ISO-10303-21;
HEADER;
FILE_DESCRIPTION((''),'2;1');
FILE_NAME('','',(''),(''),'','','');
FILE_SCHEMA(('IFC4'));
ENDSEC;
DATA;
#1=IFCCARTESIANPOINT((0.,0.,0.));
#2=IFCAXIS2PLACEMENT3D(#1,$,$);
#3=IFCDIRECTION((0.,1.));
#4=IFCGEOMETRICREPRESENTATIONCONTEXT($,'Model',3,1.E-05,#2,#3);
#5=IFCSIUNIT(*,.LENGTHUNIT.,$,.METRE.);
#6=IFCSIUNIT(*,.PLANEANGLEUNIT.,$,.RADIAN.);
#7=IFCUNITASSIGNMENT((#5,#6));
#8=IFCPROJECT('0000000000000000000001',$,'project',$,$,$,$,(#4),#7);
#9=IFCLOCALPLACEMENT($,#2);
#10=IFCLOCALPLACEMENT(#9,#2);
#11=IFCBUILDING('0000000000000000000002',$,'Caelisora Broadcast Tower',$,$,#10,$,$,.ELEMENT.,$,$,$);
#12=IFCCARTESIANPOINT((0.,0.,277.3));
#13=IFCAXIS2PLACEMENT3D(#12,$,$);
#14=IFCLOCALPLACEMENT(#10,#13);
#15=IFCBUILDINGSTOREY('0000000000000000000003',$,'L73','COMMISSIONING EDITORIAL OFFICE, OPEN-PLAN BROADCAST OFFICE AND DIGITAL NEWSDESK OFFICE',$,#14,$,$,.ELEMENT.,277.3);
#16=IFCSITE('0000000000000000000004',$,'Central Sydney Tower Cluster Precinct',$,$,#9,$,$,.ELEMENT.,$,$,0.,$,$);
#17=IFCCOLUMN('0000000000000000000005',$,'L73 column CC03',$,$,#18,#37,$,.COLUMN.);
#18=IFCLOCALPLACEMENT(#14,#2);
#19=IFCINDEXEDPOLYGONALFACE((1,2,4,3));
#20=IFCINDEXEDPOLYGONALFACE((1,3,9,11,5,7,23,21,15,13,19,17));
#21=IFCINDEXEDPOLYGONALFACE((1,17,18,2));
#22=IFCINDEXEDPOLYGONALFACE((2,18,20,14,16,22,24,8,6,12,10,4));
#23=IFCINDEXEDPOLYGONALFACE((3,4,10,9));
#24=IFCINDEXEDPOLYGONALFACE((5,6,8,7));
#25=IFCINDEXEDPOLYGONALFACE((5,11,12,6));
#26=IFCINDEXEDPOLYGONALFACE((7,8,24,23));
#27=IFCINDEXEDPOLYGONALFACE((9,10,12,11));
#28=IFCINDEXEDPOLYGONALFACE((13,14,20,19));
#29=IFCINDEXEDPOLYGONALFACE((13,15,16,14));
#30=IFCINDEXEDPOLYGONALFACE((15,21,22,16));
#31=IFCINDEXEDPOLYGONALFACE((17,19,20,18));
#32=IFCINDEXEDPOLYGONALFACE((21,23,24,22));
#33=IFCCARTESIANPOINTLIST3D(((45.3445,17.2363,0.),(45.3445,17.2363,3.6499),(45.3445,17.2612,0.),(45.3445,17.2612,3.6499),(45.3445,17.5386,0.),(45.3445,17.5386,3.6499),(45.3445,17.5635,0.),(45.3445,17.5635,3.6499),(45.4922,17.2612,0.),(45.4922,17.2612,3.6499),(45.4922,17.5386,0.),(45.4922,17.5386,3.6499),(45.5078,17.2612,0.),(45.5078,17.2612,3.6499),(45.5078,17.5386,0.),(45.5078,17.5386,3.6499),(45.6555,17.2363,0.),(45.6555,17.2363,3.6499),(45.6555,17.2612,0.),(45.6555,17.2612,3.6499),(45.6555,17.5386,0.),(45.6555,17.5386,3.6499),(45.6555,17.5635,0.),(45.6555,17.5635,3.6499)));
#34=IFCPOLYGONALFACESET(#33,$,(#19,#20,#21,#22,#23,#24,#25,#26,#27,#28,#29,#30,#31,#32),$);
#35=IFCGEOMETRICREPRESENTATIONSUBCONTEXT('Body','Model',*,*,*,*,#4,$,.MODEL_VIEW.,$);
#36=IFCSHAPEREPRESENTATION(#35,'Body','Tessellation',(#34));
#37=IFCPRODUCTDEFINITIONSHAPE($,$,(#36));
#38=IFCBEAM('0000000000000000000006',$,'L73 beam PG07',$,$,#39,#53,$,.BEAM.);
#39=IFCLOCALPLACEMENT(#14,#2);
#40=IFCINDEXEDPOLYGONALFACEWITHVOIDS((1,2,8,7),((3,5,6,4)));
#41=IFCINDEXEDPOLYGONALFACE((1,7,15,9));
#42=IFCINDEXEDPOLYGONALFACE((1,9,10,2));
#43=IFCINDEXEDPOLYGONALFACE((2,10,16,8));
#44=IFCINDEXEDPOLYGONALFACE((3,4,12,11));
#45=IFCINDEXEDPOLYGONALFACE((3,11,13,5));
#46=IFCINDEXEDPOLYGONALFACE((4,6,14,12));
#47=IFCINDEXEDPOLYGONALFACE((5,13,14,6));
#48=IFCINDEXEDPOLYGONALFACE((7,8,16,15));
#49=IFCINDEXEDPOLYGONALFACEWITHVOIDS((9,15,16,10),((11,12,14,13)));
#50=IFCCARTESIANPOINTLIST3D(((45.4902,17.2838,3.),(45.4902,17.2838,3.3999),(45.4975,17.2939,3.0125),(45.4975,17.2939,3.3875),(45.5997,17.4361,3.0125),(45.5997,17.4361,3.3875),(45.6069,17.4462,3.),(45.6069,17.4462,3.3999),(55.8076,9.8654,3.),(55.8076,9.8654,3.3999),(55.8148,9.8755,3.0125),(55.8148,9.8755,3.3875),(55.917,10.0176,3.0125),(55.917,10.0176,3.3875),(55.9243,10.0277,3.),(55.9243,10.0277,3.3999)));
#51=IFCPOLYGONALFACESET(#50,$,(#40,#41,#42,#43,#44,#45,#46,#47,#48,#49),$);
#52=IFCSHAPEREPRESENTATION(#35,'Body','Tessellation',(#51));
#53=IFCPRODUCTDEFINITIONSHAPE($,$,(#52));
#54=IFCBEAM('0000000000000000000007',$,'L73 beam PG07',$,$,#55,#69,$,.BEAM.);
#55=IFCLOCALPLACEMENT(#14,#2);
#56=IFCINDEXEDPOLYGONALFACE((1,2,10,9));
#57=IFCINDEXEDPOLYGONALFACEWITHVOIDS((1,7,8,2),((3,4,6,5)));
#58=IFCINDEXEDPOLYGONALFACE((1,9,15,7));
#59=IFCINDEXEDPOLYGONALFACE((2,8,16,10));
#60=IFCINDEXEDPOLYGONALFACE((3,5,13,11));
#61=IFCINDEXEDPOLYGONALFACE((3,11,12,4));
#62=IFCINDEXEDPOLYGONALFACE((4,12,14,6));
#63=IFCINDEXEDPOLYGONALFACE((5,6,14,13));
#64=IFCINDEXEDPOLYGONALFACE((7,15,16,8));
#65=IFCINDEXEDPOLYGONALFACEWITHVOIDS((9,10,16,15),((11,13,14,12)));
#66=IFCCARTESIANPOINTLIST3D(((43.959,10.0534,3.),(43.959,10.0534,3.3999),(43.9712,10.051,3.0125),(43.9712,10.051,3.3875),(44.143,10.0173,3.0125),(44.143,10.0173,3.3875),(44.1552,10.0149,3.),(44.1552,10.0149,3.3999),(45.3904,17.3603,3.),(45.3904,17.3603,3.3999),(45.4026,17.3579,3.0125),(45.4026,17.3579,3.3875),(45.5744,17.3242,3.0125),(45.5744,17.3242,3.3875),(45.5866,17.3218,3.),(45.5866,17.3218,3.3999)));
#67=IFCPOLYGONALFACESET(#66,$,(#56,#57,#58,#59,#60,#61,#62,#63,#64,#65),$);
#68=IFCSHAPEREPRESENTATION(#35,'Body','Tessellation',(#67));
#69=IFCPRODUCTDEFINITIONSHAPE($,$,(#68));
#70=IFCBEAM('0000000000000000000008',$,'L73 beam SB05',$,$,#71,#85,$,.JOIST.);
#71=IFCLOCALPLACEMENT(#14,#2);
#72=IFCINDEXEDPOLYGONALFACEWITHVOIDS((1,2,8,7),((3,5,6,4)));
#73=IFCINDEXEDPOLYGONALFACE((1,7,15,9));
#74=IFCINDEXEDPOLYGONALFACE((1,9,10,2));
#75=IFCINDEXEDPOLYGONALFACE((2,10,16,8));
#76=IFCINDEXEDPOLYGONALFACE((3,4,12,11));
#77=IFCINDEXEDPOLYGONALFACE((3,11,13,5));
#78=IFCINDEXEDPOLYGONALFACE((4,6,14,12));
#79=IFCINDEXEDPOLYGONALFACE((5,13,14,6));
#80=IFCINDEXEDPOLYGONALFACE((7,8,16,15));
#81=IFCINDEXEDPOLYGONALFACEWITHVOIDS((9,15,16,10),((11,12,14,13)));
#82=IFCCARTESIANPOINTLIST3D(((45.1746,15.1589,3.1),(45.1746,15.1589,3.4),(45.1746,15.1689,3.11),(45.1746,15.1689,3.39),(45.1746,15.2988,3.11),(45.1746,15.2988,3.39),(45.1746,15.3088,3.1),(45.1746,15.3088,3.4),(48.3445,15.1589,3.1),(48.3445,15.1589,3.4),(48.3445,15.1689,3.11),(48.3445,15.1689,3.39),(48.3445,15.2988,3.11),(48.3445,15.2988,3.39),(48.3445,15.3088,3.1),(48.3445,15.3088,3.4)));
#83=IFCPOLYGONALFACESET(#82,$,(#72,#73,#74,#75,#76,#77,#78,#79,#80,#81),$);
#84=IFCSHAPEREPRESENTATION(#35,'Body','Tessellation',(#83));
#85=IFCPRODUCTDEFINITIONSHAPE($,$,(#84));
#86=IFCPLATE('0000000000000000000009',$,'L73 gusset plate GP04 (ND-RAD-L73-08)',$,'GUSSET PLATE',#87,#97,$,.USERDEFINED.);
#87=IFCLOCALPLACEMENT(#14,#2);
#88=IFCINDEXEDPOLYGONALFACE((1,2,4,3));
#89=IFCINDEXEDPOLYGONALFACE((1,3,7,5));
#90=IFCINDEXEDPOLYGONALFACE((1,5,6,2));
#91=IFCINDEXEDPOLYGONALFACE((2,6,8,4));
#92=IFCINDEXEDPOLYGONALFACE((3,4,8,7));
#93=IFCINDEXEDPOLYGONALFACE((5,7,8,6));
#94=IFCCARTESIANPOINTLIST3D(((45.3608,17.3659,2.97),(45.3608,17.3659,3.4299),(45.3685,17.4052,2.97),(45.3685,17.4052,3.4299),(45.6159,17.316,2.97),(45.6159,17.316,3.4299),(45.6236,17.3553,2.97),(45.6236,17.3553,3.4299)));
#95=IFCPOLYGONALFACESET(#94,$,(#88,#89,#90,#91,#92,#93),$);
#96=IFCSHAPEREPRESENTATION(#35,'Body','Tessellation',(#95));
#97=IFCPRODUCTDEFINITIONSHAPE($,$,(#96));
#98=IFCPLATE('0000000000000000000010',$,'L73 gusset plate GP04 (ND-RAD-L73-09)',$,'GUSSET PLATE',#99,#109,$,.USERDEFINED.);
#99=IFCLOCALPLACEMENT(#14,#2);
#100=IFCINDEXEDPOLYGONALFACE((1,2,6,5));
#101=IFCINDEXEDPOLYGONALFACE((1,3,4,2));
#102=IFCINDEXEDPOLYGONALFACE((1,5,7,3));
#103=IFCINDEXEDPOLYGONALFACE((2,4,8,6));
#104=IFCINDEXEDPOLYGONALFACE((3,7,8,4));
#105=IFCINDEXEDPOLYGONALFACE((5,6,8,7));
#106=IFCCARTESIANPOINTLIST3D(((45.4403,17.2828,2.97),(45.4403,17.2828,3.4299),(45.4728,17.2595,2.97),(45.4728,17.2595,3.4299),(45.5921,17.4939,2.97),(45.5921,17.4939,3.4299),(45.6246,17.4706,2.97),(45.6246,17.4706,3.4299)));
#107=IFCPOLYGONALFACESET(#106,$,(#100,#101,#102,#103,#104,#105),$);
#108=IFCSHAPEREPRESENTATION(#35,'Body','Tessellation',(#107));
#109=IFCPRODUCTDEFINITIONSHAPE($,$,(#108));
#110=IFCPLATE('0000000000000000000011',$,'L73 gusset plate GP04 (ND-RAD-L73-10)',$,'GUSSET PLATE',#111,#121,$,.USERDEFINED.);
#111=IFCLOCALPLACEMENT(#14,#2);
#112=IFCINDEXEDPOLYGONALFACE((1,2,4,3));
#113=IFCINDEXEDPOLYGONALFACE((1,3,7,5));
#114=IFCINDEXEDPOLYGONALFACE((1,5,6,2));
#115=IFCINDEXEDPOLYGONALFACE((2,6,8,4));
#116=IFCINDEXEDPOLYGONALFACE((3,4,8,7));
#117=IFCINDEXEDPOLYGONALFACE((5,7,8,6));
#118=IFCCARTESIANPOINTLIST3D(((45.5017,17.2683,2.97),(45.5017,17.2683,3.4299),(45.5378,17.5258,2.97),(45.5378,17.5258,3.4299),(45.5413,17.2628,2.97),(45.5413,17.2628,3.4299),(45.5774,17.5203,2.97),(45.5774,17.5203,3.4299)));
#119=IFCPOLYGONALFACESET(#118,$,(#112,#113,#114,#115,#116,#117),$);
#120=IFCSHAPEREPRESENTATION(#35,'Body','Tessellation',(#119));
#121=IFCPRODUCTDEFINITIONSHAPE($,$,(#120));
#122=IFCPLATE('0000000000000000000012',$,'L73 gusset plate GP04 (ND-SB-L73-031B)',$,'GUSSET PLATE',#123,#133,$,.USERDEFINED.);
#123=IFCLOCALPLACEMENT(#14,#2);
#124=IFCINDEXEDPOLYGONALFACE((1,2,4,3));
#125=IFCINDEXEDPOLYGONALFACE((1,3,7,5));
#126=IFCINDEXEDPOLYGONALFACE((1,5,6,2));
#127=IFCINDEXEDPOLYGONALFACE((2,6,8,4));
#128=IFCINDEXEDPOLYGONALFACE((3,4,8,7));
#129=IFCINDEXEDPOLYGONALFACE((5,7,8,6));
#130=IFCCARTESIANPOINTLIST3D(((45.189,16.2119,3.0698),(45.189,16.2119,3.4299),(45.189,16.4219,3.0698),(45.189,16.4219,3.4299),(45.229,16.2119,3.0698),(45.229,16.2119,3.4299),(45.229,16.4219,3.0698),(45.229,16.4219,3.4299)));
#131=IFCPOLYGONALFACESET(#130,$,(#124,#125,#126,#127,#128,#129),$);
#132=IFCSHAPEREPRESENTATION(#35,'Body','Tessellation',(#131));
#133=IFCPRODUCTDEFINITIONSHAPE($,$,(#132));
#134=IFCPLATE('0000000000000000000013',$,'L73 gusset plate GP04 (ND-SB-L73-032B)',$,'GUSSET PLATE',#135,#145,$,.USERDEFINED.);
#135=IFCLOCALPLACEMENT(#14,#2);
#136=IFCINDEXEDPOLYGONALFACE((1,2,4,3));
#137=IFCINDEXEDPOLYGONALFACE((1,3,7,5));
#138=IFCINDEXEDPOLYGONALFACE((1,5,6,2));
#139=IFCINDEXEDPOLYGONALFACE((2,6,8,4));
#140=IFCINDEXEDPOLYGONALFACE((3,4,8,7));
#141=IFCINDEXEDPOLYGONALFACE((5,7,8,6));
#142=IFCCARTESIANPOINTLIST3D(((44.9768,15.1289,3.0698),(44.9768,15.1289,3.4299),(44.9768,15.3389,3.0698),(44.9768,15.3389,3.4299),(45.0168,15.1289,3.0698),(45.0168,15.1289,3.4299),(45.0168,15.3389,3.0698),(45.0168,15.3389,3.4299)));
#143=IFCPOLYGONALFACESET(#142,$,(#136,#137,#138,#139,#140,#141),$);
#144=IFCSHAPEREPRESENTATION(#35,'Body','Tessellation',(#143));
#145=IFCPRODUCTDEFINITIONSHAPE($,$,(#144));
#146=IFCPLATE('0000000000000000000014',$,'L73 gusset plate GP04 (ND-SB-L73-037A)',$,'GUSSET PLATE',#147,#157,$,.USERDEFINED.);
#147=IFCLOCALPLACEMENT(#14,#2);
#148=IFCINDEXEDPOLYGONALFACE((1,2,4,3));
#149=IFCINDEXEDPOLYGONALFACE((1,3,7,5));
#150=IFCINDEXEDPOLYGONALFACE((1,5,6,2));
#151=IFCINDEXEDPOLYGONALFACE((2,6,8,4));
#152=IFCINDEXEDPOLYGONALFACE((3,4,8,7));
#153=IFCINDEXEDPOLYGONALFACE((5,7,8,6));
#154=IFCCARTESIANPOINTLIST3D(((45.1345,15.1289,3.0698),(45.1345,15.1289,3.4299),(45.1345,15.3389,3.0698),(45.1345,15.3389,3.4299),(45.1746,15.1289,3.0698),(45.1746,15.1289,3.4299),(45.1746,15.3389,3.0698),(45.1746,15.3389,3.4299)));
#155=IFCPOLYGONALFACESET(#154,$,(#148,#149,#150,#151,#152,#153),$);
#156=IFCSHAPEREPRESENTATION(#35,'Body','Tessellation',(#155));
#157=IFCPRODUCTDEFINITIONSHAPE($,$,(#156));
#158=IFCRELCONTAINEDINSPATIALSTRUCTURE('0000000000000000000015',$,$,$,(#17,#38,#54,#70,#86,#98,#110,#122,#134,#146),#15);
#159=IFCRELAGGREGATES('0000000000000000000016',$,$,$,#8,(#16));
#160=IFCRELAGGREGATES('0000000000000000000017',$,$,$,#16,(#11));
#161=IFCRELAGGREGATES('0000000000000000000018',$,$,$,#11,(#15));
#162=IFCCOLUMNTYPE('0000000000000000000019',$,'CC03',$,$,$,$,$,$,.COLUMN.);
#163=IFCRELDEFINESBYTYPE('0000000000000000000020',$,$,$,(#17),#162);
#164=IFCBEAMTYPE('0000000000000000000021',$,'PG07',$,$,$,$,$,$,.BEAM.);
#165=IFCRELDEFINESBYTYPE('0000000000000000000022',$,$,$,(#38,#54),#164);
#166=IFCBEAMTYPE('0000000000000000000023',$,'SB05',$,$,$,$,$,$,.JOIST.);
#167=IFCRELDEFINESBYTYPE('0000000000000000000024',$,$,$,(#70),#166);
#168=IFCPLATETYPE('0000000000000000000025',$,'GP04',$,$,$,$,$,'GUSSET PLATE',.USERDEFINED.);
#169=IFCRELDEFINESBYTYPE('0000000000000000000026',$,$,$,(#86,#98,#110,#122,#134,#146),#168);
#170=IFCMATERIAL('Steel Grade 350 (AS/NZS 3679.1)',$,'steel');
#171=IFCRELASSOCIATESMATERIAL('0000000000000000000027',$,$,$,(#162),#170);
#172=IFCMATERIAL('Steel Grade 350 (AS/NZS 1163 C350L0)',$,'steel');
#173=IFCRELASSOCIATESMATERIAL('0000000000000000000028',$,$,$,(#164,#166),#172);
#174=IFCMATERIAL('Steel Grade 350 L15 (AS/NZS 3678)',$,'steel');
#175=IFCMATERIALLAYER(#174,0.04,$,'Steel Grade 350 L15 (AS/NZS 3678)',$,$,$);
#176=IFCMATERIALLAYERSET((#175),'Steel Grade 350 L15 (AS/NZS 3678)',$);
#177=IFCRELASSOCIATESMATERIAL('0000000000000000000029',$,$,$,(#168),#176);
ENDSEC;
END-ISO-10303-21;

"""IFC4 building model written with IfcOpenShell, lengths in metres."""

from ifc_helpers import new_model, si_unit, direction, frame, origin, origin_2d, place, context, subcontext, project, spatial, rectangle, hollow_rectangle, i_section, extrude, source, transform, mapped, material, layer, layer_set, material_profile, profile_set, type_object, type_shapes, element, save


model = new_model("IFC4")

# Units and contexts
model_context = context("Model", 3, precision=1e-05, world=origin(), true_north=direction((0.0, 1.0)))
body_context = subcontext(model_context, "Body", "Model", "MODEL_VIEW")
ifc_project = project(units=[si_unit("LENGTHUNIT", "METRE"), si_unit("PLANEANGLEUNIT", "RADIAN")], contexts=[model_context])

# Site, building, storey
site_placement = place(None, origin())
site = spatial("IfcSite", under=ifc_project, at=site_placement, Name="Central Sydney Tower Cluster Precinct", CompositionType="ELEMENT", RefElevation=0.0)
building_placement = place(site_placement, origin())
building = spatial("IfcBuilding", under=site, at=building_placement, Name="Caelisora Broadcast Tower", CompositionType="ELEMENT")
storey_placement = place(building_placement, frame((0.0, 0.0, 277.3)))
storey = spatial("IfcBuildingStorey", under=building, at=storey_placement, Name="L73", Description="COMMISSIONING EDITORIAL OFFICE, OPEN-PLAN BROADCAST OFFICE AND DIGITAL NEWSDESK OFFICE", CompositionType="ELEMENT", Elevation=277.3)

# Column
ifc_material_1 = material(Name="Steel Grade 350 (AS/NZS 3679.1)", Category="steel")
ifc_material_profile_1 = material_profile(ifc_material_1, i_section(OverallWidth=0.311, OverallDepth=0.3271, WebThickness=0.0156, FlangeThickness=0.0249, at=origin_2d()), Name="Steel Grade 350 (AS/NZS 3679.1)")
ifc_profile_set_1 = profile_set([ifc_material_profile_1], Name="Steel Grade 350 (AS/NZS 3679.1)")
column_type = type_object("IfcColumnType", Name="CC03", PredefinedType="COLUMN", material=ifc_profile_set_1)
shared_shape_1 = source(origin(), body_context, "Body", "SweptSolid", [
    extrude(i_section(OverallWidth=0.311, OverallDepth=0.3271, WebThickness=0.0156, FlangeThickness=0.0249, at=origin_2d()), origin(), (0.0, 0.0, 1.0), 3.6499),
])
type_shapes(column_type, [shared_shape_1])
column_placement = place(storey_placement, frame((45.5, 17.3999, 0.0), z_axis=(0.0, 0.0, 1.0), x_axis=(1.0, 0.0, 0.0)))
element("IfcColumn", 1, at=column_placement, inside=storey, type_object=column_type, Name="L73 column CC03", PredefinedType="COLUMN", context=body_context, shape_type="MappedRepresentation", body=[
    mapped(shared_shape_1, transform((0.0, 0.0, 0.0), scale=1.0)),
])

# Beams
ifc_material_2 = material(Name="Steel Grade 350 (AS/NZS 1163 C350L0)", Category="steel")
ifc_material_profile_2 = material_profile(ifc_material_2, hollow_rectangle(XDim=0.2, YDim=0.3999, WallThickness=0.0125, at=origin_2d()), Name="Steel Grade 350 (AS/NZS 1163 C350L0)")
ifc_profile_set_2 = profile_set([ifc_material_profile_2], Name="Steel Grade 350 (AS/NZS 1163 C350L0)")
beam_type_1 = type_object("IfcBeamType", Name="PG07", PredefinedType="BEAM", material=ifc_profile_set_2)
shared_shape_2 = source(origin(), body_context, "Body", "SweptSolid", [
    extrude(hollow_rectangle(XDim=0.2, YDim=0.3999, WallThickness=0.0125, at=origin_2d()), origin(), (0.0, 0.0, 1.0), 12.7075),
])
beam_1_placement = place(storey_placement, frame((45.5486, 17.365, 3.2), z_axis=(0.81191, -0.583783, 0.0), x_axis=(0.583783, 0.81191, 0.0)))
element("IfcBeam", 2, at=beam_1_placement, inside=storey, type_object=beam_type_1, Name="L73 beam PG07", PredefinedType="BEAM", context=body_context, shape_type="MappedRepresentation", body=[
    mapped(shared_shape_2, transform((0.0, 0.0, 0.0), scale=1.0)),
])
shared_shape_3 = source(origin(), body_context, "Body", "SweptSolid", [
    extrude(hollow_rectangle(XDim=0.2, YDim=0.3999, WallThickness=0.0125, at=origin_2d()), origin(), (0.0, 0.0, 1.0), 7.4458),
])
type_shapes(beam_type_1, [shared_shape_2, shared_shape_3])
beam_2_placement = place(storey_placement, frame((45.4885, 17.3411, 3.2), z_axis=(-0.192243, -0.981347, 0.0), x_axis=(0.981347, -0.192243, 0.0)))
element("IfcBeam", 3, at=beam_2_placement, inside=storey, type_object=beam_type_1, Name="L73 beam PG07", PredefinedType="BEAM", context=body_context, shape_type="MappedRepresentation", body=[
    mapped(shared_shape_3, transform((0.0, 0.0, 0.0), scale=1.0)),
])
ifc_material_profile_3 = material_profile(ifc_material_2, hollow_rectangle(XDim=0.1499, YDim=0.3, WallThickness=0.01, at=origin_2d()), Name="Steel Grade 350 (AS/NZS 1163 C350L0)")
ifc_profile_set_3 = profile_set([ifc_material_profile_3], Name="Steel Grade 350 (AS/NZS 1163 C350L0)")
beam_type_2 = type_object("IfcBeamType", Name="SB05", PredefinedType="JOIST", material=ifc_profile_set_3)
shared_shape_4 = source(origin(), body_context, "Body", "SweptSolid", [
    extrude(hollow_rectangle(XDim=0.1499, YDim=0.3, WallThickness=0.01, at=origin_2d()), origin(), (0.0, 0.0, 1.0), 3.1699),
])
type_shapes(beam_type_2, [shared_shape_4])
beam_3_placement = place(storey_placement, frame((45.1746, 15.2339, 3.25), z_axis=(1.0, 0.0, 0.0), x_axis=(0.0, 1.0, 0.0)))
element("IfcBeam", 4, at=beam_3_placement, inside=storey, type_object=beam_type_2, Name="L73 beam SB05", PredefinedType="JOIST", context=body_context, shape_type="MappedRepresentation", body=[
    mapped(shared_shape_4, transform((0.0, 0.0, 0.0), scale=1.0)),
])

# Plates
ifc_material_3 = material(Name="Steel Grade 350 L15 (AS/NZS 3678)", Category="steel")
ifc_layer_1 = layer(ifc_material_3, 0.04, Name="Steel Grade 350 L15 (AS/NZS 3678)")
ifc_layer_set_1 = layer_set([ifc_layer_1], Name="Steel Grade 350 L15 (AS/NZS 3678)")
plate_type = type_object("IfcPlateType", Name="GP04", ElementType="GUSSET PLATE", PredefinedType="USERDEFINED", material=ifc_layer_set_1)
shared_shape_5 = source(origin(), body_context, "Body", "SweptSolid", [
    extrude(rectangle(XDim=0.26, YDim=0.04, at=origin_2d()), origin(), (0.0, 0.0, 1.0), 0.46),
])
for number, where, z_axis, x_axis, name in (
    (5, (45.4922, 17.3606, 2.97), (0.0, 0.0, 1.0), (0.98136, -0.192179, 0.0), "L73 gusset plate GP04 (ND-RAD-L73-08)"),
    (6, (45.5325, 17.3767, 2.97), (0.0, 0.0, 1.0), (0.583825, 0.81188, 0.0), "L73 gusset plate GP04 (ND-RAD-L73-09)"),
    (7, (45.5396, 17.3943, 2.97), (0.0, 0.0, 1.0), (0.138827, 0.990317, 0.0), "L73 gusset plate GP04 (ND-RAD-L73-10)"),
):
    element("IfcPlate", number, at=place(storey_placement, frame(where, z_axis=z_axis, x_axis=x_axis)), inside=storey, type_object=plate_type, Name=name, ObjectType="GUSSET PLATE", PredefinedType="USERDEFINED", context=body_context, shape_type="MappedRepresentation", body=[
        mapped(shared_shape_5, transform((0.0, 0.0, 0.0), scale=1.0)),
    ])
shared_shape_6 = source(origin(), body_context, "Body", "SweptSolid", [
    extrude(rectangle(XDim=0.21, YDim=0.04, at=origin_2d()), origin(), (0.0, 0.0, 1.0), 0.3601),
])
type_shapes(plate_type, [shared_shape_5, shared_shape_6])
for number, where, z_axis, x_axis, name in (
    (8, (45.209, 16.3169, 3.0698), (0.0, 0.0, 1.0), (0.0, 1.0, 0.0), "L73 gusset plate GP04 (ND-SB-L73-031B)"),
    (9, (44.9968, 15.2339, 3.0698), (0.0, 0.0, 1.0), (0.0, 1.0, 0.0), "L73 gusset plate GP04 (ND-SB-L73-032B)"),
    (10, (45.1545, 15.2339, 3.0698), (0.0, 0.0, 1.0), (0.0, 1.0, 0.0), "L73 gusset plate GP04 (ND-SB-L73-037A)"),
):
    element("IfcPlate", number, at=place(storey_placement, frame(where, z_axis=z_axis, x_axis=x_axis)), inside=storey, type_object=plate_type, Name=name, ObjectType="GUSSET PLATE", PredefinedType="USERDEFINED", context=body_context, shape_type="MappedRepresentation", body=[
        mapped(shared_shape_6, transform((0.0, 0.0, 0.0), scale=1.0)),
    ])

save(model, "model.ifc")
